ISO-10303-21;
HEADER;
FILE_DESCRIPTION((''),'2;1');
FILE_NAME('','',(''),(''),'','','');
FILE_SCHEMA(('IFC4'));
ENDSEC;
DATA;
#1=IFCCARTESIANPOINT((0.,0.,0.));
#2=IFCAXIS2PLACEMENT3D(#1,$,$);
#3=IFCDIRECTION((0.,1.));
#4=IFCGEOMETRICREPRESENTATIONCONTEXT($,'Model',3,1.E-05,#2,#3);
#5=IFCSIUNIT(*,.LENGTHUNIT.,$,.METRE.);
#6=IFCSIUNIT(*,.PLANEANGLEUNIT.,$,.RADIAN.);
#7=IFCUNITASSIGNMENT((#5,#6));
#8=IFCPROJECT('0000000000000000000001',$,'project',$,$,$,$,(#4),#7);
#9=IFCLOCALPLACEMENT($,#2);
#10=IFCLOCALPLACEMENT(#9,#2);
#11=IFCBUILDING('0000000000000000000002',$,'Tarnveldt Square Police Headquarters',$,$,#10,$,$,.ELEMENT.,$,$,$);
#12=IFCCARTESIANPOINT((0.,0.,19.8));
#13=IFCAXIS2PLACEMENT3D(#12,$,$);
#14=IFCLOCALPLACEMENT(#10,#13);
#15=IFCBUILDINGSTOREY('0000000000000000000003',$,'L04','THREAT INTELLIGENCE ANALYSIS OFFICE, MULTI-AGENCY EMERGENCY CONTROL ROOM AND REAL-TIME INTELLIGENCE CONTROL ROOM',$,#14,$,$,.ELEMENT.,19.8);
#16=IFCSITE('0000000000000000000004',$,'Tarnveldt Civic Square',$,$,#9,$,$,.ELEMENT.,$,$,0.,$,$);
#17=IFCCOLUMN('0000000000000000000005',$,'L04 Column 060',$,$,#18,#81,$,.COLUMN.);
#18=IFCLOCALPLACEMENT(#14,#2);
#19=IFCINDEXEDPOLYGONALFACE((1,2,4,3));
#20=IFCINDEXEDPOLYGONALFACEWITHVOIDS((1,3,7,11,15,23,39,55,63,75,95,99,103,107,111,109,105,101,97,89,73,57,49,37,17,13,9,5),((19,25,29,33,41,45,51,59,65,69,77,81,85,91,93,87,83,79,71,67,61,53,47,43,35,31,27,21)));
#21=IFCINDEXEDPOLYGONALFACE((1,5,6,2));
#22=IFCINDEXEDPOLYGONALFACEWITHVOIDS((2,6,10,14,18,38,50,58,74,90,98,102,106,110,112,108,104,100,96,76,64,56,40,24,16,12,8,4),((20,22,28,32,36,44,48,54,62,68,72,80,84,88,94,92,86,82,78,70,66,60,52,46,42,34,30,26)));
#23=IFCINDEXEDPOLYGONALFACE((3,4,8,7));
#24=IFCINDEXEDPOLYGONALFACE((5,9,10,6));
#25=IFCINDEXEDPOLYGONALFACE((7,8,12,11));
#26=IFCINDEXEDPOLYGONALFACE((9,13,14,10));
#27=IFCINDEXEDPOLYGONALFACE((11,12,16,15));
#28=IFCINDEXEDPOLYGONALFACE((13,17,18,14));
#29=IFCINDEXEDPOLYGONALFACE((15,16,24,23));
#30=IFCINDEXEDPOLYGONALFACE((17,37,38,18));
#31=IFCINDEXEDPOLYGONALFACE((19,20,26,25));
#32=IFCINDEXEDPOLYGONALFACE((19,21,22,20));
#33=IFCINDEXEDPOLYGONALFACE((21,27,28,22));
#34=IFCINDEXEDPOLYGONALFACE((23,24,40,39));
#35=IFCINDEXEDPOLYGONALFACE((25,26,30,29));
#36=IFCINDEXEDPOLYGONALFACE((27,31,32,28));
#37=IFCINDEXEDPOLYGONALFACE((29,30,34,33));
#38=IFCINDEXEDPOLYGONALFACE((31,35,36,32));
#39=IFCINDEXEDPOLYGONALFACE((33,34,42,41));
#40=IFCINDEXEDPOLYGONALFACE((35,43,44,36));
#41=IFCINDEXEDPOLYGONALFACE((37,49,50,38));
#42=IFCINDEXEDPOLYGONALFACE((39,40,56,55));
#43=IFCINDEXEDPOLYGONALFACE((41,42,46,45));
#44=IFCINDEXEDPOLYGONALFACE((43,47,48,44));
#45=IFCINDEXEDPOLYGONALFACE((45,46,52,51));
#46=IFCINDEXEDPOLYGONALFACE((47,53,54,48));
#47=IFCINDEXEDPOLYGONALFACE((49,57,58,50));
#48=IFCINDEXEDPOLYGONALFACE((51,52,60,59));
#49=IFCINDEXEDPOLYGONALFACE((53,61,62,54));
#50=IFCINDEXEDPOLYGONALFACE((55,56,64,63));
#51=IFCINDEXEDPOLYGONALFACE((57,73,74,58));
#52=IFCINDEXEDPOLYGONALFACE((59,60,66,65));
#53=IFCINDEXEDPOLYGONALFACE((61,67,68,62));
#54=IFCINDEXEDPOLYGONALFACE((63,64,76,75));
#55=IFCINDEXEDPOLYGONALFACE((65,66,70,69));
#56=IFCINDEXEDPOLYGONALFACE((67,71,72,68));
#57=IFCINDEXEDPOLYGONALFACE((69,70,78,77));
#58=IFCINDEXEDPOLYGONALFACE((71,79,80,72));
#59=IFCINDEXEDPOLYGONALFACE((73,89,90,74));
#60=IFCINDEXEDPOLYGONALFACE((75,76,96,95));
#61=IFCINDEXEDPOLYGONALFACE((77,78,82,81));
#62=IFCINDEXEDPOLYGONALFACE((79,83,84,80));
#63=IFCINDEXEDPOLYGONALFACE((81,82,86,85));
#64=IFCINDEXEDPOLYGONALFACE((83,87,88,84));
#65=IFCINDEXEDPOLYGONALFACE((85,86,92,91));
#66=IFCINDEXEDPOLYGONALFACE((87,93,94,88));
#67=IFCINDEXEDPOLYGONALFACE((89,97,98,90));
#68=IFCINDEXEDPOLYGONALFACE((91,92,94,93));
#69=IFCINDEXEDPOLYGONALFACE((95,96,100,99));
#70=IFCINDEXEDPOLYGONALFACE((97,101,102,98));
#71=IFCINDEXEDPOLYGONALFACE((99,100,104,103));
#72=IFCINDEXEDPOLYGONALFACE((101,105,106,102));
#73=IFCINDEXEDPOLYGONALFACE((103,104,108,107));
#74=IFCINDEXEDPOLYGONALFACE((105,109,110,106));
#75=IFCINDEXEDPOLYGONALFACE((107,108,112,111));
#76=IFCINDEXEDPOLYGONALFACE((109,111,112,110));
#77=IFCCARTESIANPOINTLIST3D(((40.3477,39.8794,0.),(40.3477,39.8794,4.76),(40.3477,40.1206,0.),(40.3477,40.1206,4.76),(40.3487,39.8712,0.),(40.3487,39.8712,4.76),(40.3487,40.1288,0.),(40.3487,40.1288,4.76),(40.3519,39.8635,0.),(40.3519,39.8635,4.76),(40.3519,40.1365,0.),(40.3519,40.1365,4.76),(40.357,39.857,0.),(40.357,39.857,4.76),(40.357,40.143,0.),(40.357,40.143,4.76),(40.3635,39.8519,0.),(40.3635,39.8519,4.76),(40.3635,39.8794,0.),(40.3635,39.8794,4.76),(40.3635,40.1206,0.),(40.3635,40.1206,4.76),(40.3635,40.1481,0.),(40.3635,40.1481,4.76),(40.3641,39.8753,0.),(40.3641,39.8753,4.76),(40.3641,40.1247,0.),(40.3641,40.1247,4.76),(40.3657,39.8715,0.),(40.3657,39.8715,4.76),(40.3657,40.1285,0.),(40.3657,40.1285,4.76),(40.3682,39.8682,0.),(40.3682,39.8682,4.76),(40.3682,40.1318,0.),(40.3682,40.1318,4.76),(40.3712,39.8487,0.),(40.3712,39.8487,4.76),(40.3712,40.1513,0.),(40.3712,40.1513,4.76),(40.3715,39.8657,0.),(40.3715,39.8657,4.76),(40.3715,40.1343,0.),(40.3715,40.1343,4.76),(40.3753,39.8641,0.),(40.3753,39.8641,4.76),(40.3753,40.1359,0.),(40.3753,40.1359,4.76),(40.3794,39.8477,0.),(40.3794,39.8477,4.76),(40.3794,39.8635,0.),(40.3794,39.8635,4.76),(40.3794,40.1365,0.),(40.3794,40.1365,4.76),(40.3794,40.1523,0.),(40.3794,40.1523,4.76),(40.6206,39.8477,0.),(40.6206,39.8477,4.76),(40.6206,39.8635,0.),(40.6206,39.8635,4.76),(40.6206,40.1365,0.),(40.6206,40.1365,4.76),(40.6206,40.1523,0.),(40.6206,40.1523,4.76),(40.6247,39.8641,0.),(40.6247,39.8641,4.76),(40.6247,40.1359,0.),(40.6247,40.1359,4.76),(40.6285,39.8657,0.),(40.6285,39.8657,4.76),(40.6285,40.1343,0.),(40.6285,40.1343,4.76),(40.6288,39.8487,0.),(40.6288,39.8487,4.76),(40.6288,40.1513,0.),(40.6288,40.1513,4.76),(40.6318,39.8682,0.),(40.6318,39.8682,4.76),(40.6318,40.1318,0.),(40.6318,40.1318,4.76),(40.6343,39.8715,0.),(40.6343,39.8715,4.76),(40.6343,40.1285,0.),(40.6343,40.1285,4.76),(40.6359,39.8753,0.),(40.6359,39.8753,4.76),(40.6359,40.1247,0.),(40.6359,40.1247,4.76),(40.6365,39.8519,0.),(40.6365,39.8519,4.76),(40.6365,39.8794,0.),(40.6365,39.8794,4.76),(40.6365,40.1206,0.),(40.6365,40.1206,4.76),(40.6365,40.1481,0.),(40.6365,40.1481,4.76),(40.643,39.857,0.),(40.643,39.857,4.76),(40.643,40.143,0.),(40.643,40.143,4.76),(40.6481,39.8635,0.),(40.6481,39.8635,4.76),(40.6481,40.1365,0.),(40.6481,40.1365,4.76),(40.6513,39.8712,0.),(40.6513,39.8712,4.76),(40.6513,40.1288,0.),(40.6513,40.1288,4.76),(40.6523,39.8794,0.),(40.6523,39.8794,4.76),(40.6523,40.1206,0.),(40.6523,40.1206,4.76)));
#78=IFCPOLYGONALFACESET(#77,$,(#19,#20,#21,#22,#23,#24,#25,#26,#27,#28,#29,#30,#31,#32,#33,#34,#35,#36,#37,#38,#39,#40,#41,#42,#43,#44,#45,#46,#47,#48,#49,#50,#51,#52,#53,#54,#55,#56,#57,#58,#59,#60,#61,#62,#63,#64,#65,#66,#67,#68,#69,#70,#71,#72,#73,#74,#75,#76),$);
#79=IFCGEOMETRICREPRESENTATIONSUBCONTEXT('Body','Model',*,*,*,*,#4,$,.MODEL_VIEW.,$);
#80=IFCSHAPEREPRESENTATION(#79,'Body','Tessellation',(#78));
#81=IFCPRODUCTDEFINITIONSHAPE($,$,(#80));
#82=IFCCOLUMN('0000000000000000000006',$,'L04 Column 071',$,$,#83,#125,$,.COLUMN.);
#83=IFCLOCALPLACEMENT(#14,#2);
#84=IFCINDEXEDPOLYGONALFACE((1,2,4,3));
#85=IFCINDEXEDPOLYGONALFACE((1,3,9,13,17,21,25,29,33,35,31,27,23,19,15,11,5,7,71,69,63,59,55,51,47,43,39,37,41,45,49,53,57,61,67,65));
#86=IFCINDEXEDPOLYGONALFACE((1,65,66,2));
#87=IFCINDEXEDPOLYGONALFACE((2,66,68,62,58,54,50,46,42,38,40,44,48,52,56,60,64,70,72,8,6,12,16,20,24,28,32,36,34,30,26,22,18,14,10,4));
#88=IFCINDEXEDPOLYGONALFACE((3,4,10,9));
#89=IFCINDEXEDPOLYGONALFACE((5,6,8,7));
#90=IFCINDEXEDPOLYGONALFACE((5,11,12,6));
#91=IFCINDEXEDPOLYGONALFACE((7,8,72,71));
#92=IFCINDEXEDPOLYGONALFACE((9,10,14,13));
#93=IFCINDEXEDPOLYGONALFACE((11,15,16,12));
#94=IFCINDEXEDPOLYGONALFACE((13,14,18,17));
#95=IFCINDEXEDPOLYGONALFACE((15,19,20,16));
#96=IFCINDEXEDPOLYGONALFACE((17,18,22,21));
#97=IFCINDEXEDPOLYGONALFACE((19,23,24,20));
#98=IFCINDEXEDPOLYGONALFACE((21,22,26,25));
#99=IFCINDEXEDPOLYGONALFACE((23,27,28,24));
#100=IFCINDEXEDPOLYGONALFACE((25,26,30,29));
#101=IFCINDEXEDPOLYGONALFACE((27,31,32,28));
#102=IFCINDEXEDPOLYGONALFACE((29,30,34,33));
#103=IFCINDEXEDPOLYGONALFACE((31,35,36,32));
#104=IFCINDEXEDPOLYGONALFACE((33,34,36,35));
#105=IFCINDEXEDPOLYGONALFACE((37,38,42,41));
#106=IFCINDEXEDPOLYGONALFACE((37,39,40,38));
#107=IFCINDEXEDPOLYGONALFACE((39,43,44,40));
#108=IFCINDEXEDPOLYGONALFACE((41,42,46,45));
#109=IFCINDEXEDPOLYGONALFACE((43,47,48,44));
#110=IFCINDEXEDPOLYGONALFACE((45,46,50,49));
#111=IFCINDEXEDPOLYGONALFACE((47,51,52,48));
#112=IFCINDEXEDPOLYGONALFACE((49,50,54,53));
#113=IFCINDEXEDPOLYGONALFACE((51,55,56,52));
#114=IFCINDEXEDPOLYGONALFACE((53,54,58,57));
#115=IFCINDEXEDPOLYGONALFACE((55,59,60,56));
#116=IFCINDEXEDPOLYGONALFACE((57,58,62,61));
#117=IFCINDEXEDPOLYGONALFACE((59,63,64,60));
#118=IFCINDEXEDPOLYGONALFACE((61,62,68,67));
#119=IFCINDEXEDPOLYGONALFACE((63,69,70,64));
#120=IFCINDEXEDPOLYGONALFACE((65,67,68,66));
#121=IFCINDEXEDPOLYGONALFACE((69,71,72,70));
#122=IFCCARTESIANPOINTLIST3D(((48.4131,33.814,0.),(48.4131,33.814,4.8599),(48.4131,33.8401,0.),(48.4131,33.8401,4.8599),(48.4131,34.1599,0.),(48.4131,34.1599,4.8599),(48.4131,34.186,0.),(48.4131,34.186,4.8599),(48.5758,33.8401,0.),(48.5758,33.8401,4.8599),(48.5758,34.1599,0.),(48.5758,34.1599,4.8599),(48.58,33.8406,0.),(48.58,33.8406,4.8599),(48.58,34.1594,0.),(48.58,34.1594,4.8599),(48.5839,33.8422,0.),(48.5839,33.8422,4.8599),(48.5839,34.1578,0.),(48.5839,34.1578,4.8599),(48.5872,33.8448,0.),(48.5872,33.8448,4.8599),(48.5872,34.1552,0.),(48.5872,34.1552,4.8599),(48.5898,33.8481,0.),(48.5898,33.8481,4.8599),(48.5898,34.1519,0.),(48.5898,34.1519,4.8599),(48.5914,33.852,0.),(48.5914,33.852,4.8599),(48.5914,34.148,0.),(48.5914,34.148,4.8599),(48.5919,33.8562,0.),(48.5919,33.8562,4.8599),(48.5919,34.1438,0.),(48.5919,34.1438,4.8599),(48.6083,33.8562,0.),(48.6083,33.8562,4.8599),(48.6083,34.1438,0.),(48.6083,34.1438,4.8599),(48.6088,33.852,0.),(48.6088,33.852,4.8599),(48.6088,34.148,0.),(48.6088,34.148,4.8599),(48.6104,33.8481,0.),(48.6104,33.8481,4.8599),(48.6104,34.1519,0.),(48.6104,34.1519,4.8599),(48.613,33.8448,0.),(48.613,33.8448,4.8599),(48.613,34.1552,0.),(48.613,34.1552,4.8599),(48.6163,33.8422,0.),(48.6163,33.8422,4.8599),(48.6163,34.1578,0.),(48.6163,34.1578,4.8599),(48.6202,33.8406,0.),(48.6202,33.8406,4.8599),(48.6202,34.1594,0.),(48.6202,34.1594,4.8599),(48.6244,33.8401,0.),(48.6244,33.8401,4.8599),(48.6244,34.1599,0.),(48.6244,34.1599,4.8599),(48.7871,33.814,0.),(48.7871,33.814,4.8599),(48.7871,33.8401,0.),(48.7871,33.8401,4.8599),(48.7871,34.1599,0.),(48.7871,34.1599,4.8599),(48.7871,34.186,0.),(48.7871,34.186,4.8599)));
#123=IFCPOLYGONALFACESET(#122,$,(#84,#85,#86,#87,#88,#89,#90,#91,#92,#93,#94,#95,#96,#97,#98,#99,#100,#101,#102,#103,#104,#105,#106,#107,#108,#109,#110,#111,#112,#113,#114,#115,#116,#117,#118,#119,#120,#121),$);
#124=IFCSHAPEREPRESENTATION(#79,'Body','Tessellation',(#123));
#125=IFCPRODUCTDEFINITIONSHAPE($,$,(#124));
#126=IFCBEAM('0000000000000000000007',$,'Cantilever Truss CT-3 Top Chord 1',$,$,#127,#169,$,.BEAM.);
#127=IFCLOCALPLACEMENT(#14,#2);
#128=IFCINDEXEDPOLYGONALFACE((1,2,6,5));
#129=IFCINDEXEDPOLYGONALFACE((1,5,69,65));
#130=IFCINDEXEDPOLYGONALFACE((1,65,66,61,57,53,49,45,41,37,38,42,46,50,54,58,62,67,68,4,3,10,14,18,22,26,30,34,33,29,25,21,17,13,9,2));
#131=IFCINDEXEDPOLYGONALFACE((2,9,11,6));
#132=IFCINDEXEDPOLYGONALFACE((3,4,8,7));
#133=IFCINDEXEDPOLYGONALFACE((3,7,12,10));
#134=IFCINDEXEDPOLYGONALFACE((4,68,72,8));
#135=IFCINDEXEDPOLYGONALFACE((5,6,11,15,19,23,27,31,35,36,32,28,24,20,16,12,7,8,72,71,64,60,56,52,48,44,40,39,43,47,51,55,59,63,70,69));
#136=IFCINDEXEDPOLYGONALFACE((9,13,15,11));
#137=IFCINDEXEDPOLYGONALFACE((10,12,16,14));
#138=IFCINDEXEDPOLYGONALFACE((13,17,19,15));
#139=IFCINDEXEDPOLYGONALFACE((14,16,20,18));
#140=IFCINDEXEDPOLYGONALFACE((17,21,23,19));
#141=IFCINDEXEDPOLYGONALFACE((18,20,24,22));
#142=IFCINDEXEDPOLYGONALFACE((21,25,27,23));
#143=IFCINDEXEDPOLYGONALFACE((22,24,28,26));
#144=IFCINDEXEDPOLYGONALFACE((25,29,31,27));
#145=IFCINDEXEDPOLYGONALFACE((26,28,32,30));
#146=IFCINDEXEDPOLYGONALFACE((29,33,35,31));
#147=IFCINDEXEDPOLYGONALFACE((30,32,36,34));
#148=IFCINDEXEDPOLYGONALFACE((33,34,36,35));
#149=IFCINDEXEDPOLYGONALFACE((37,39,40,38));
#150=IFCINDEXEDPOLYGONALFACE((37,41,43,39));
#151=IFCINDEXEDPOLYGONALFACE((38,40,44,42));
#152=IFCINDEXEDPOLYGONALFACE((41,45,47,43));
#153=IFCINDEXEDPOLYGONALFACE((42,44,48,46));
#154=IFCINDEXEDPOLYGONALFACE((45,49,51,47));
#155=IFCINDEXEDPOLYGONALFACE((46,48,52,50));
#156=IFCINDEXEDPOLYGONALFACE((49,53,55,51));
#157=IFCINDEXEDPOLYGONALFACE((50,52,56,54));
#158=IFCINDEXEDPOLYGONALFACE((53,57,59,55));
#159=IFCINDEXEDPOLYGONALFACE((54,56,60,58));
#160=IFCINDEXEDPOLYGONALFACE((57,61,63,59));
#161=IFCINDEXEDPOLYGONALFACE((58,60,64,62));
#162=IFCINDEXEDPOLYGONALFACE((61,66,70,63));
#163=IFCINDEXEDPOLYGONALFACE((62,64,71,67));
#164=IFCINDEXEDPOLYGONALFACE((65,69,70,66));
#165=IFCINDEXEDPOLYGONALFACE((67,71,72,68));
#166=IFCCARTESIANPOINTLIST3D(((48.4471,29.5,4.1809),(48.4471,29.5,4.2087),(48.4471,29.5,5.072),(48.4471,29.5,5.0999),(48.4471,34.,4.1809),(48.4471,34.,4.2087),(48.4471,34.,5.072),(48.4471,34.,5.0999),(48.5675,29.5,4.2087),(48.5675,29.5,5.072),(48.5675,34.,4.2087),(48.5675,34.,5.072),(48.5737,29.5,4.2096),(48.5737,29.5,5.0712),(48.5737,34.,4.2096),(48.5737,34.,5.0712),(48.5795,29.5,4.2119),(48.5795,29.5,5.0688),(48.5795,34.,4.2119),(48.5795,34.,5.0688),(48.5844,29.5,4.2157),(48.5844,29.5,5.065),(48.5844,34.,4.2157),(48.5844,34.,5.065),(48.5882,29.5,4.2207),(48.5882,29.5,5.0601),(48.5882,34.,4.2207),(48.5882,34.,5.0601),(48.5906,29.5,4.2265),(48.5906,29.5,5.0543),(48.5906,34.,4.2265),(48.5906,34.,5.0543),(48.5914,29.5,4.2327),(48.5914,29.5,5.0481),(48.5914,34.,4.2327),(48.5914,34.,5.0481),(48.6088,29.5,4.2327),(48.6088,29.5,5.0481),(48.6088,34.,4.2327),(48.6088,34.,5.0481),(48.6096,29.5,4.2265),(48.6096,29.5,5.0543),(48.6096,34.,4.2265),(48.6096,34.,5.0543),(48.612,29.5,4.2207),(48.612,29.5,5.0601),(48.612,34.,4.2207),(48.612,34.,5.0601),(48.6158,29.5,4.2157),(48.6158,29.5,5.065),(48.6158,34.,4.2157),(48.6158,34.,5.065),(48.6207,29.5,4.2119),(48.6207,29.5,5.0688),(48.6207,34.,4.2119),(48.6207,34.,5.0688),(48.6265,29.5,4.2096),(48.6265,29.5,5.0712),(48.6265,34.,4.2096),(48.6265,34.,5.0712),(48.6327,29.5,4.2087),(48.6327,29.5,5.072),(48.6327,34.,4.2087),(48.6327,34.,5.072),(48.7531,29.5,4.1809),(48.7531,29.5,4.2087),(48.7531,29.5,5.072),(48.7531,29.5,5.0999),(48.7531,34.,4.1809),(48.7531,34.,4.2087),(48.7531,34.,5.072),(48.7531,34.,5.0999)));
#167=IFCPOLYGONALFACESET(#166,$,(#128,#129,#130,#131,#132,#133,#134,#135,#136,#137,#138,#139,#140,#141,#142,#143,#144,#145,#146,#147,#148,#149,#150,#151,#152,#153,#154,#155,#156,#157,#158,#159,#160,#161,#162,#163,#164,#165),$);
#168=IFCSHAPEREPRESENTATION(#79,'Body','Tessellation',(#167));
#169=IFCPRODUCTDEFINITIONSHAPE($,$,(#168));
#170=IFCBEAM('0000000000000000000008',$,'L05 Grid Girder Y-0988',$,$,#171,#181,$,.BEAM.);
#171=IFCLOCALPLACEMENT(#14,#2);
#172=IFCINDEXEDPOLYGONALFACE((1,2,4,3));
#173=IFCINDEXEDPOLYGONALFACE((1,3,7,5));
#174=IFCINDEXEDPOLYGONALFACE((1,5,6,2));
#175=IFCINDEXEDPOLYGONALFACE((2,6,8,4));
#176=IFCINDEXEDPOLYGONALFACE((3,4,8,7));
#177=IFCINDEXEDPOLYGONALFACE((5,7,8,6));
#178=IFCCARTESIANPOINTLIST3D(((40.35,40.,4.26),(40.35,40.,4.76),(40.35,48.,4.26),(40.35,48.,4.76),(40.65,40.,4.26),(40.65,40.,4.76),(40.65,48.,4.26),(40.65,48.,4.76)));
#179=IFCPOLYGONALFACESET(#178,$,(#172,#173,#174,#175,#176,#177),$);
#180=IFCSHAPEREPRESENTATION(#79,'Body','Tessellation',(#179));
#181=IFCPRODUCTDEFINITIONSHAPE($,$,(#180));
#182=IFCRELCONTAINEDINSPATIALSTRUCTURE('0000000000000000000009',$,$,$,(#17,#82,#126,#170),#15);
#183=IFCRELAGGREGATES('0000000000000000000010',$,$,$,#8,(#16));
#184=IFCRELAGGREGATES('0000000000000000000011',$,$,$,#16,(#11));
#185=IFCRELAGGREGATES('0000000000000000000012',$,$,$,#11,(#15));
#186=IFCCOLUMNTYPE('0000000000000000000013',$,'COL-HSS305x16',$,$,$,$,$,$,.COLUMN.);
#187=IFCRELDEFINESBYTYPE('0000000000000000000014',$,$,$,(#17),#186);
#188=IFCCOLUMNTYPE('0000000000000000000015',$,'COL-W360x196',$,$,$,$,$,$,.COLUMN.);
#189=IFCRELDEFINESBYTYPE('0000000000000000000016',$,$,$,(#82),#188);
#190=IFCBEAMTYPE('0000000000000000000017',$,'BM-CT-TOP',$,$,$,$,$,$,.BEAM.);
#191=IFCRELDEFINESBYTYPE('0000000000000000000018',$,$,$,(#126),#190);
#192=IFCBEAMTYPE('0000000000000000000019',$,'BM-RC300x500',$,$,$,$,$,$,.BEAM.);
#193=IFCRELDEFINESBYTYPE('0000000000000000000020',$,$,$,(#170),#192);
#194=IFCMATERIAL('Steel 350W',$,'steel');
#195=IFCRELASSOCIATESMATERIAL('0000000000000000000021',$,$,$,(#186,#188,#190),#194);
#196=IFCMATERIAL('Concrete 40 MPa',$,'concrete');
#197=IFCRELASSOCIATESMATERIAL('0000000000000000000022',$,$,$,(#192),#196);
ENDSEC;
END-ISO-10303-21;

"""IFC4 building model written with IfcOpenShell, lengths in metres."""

from ifc_helpers import new_model, si_unit, direction, frame, origin, origin_2d, place, context, subcontext, project, spatial, rectangle, hollow_rectangle, i_section, extrude, material, material_profile, profile_set, type_object, element, save


model = new_model("IFC4")

# Units and contexts
model_context = context("Model", 3, precision=1e-05, world=origin(), true_north=direction((0.0, 1.0)))
body_context = subcontext(model_context, "Body", "Model", "MODEL_VIEW")
ifc_project = project(units=[si_unit("LENGTHUNIT", "METRE"), si_unit("PLANEANGLEUNIT", "RADIAN")], contexts=[model_context])

# Site, building, storey
site_placement = place(None, origin())
site = spatial("IfcSite", under=ifc_project, at=site_placement, Name="Tarnveldt Civic Square", CompositionType="ELEMENT", RefElevation=0.0)
building_placement = place(site_placement, origin())
building = spatial("IfcBuilding", under=site, at=building_placement, Name="Tarnveldt Square Police Headquarters", CompositionType="ELEMENT")
storey_placement = place(building_placement, frame((0.0, 0.0, 19.8)))
storey = spatial("IfcBuildingStorey", under=building, at=storey_placement, Name="L04", Description="THREAT INTELLIGENCE ANALYSIS OFFICE, MULTI-AGENCY EMERGENCY CONTROL ROOM AND REAL-TIME INTELLIGENCE CONTROL ROOM", CompositionType="ELEMENT", Elevation=19.8)

# Columns
ifc_material_1 = material(Name="Steel 350W", Category="steel")
ifc_material_profile_1 = material_profile(ifc_material_1, hollow_rectangle(XDim=0.3047, YDim=0.3047, WallThickness=0.0159, InnerFilletRadius=0.0159, OuterFilletRadius=0.0317, at=origin_2d()), Name="HSS305x305x16")
ifc_profile_set_1 = profile_set([ifc_material_profile_1], Name="Steel 350W")
column_type_1 = type_object("IfcColumnType", Name="COL-HSS305x16", PredefinedType="COLUMN", material=ifc_profile_set_1)
column_1_placement = place(storey_placement, frame((40.5, 40.0, 0.0), z_axis=(0.0, 0.0, 1.0), x_axis=(1.0, 0.0, 0.0)))
element("IfcColumn", 1, at=column_1_placement, inside=storey, type_object=column_type_1, Name="L04 Column 060", PredefinedType="COLUMN", context=body_context, shape_type="SweptSolid", body=[
    extrude(hollow_rectangle(XDim=0.3047, YDim=0.3047, WallThickness=0.0159, InnerFilletRadius=0.0159, OuterFilletRadius=0.0317, at=origin_2d()), origin(), (0.0, 0.0, 1.0), 4.76),
])
ifc_material_profile_2 = material_profile(ifc_material_1, i_section(OverallWidth=0.374, OverallDepth=0.3721, WebThickness=0.0164, FlangeThickness=0.0261, FilletRadius=0.0161, at=origin_2d()), Name="W360x196")
ifc_profile_set_2 = profile_set([ifc_material_profile_2], Name="Steel 350W")
column_type_2 = type_object("IfcColumnType", Name="COL-W360x196", PredefinedType="COLUMN", material=ifc_profile_set_2)
column_2_placement = place(storey_placement, frame((48.6001, 34.0, 0.0), z_axis=(0.0, 0.0, 1.0), x_axis=(1.0, 0.0, 0.0)))
element("IfcColumn", 2, at=column_2_placement, inside=storey, type_object=column_type_2, Name="L04 Column 071", PredefinedType="COLUMN", context=body_context, shape_type="SweptSolid", body=[
    extrude(i_section(OverallWidth=0.374, OverallDepth=0.3721, WebThickness=0.0164, FlangeThickness=0.0261, FilletRadius=0.0161, at=origin_2d()), origin(), (0.0, 0.0, 1.0), 4.8599),
])

# Beams
ifc_material_profile_3 = material_profile(ifc_material_1, i_section(OverallWidth=0.3059, OverallDepth=0.9189, WebThickness=0.0173, FlangeThickness=0.0278, FilletRadius=0.0239, at=origin_2d()), Name="W920x253")
ifc_profile_set_3 = profile_set([ifc_material_profile_3], Name="Steel 350W")
beam_type_1 = type_object("IfcBeamType", Name="BM-CT-TOP", PredefinedType="BEAM", material=ifc_profile_set_3)
beam_1_placement = place(storey_placement, frame((48.6001, 34.0, 4.6404), z_axis=(0.0, -1.0, 0.0), x_axis=(1.0, 0.0, 0.0)))
element("IfcBeam", 3, at=beam_1_placement, inside=storey, type_object=beam_type_1, Name="Cantilever Truss CT-3 Top Chord 1", PredefinedType="BEAM", context=body_context, shape_type="SweptSolid", body=[
    extrude(i_section(OverallWidth=0.3059, OverallDepth=0.9189, WebThickness=0.0173, FlangeThickness=0.0278, FilletRadius=0.0239, at=origin_2d()), origin(), (0.0, 0.0, 1.0), 4.5),
])
ifc_material_2 = material(Name="Concrete 40 MPa", Category="concrete")
ifc_material_profile_4 = material_profile(ifc_material_2, rectangle(XDim=0.3, YDim=0.5, at=origin_2d()), Name="RC-B300x500")
ifc_profile_set_4 = profile_set([ifc_material_profile_4], Name="Concrete 40 MPa")
beam_type_2 = type_object("IfcBeamType", Name="BM-RC300x500", PredefinedType="BEAM", material=ifc_profile_set_4)
beam_2_placement = place(storey_placement, frame((40.5, 40.0, 4.51), z_axis=(0.0, 1.0, 0.0), x_axis=(-1.0, 0.0, 0.0)))
element("IfcBeam", 4, at=beam_2_placement, inside=storey, type_object=beam_type_2, Name="L05 Grid Girder Y-0988", PredefinedType="BEAM", context=body_context, shape_type="SweptSolid", body=[
    extrude(rectangle(XDim=0.3, YDim=0.5, at=origin_2d()), origin(), (0.0, 0.0, 1.0), 8.0),
])

save(model, "model.ifc")
